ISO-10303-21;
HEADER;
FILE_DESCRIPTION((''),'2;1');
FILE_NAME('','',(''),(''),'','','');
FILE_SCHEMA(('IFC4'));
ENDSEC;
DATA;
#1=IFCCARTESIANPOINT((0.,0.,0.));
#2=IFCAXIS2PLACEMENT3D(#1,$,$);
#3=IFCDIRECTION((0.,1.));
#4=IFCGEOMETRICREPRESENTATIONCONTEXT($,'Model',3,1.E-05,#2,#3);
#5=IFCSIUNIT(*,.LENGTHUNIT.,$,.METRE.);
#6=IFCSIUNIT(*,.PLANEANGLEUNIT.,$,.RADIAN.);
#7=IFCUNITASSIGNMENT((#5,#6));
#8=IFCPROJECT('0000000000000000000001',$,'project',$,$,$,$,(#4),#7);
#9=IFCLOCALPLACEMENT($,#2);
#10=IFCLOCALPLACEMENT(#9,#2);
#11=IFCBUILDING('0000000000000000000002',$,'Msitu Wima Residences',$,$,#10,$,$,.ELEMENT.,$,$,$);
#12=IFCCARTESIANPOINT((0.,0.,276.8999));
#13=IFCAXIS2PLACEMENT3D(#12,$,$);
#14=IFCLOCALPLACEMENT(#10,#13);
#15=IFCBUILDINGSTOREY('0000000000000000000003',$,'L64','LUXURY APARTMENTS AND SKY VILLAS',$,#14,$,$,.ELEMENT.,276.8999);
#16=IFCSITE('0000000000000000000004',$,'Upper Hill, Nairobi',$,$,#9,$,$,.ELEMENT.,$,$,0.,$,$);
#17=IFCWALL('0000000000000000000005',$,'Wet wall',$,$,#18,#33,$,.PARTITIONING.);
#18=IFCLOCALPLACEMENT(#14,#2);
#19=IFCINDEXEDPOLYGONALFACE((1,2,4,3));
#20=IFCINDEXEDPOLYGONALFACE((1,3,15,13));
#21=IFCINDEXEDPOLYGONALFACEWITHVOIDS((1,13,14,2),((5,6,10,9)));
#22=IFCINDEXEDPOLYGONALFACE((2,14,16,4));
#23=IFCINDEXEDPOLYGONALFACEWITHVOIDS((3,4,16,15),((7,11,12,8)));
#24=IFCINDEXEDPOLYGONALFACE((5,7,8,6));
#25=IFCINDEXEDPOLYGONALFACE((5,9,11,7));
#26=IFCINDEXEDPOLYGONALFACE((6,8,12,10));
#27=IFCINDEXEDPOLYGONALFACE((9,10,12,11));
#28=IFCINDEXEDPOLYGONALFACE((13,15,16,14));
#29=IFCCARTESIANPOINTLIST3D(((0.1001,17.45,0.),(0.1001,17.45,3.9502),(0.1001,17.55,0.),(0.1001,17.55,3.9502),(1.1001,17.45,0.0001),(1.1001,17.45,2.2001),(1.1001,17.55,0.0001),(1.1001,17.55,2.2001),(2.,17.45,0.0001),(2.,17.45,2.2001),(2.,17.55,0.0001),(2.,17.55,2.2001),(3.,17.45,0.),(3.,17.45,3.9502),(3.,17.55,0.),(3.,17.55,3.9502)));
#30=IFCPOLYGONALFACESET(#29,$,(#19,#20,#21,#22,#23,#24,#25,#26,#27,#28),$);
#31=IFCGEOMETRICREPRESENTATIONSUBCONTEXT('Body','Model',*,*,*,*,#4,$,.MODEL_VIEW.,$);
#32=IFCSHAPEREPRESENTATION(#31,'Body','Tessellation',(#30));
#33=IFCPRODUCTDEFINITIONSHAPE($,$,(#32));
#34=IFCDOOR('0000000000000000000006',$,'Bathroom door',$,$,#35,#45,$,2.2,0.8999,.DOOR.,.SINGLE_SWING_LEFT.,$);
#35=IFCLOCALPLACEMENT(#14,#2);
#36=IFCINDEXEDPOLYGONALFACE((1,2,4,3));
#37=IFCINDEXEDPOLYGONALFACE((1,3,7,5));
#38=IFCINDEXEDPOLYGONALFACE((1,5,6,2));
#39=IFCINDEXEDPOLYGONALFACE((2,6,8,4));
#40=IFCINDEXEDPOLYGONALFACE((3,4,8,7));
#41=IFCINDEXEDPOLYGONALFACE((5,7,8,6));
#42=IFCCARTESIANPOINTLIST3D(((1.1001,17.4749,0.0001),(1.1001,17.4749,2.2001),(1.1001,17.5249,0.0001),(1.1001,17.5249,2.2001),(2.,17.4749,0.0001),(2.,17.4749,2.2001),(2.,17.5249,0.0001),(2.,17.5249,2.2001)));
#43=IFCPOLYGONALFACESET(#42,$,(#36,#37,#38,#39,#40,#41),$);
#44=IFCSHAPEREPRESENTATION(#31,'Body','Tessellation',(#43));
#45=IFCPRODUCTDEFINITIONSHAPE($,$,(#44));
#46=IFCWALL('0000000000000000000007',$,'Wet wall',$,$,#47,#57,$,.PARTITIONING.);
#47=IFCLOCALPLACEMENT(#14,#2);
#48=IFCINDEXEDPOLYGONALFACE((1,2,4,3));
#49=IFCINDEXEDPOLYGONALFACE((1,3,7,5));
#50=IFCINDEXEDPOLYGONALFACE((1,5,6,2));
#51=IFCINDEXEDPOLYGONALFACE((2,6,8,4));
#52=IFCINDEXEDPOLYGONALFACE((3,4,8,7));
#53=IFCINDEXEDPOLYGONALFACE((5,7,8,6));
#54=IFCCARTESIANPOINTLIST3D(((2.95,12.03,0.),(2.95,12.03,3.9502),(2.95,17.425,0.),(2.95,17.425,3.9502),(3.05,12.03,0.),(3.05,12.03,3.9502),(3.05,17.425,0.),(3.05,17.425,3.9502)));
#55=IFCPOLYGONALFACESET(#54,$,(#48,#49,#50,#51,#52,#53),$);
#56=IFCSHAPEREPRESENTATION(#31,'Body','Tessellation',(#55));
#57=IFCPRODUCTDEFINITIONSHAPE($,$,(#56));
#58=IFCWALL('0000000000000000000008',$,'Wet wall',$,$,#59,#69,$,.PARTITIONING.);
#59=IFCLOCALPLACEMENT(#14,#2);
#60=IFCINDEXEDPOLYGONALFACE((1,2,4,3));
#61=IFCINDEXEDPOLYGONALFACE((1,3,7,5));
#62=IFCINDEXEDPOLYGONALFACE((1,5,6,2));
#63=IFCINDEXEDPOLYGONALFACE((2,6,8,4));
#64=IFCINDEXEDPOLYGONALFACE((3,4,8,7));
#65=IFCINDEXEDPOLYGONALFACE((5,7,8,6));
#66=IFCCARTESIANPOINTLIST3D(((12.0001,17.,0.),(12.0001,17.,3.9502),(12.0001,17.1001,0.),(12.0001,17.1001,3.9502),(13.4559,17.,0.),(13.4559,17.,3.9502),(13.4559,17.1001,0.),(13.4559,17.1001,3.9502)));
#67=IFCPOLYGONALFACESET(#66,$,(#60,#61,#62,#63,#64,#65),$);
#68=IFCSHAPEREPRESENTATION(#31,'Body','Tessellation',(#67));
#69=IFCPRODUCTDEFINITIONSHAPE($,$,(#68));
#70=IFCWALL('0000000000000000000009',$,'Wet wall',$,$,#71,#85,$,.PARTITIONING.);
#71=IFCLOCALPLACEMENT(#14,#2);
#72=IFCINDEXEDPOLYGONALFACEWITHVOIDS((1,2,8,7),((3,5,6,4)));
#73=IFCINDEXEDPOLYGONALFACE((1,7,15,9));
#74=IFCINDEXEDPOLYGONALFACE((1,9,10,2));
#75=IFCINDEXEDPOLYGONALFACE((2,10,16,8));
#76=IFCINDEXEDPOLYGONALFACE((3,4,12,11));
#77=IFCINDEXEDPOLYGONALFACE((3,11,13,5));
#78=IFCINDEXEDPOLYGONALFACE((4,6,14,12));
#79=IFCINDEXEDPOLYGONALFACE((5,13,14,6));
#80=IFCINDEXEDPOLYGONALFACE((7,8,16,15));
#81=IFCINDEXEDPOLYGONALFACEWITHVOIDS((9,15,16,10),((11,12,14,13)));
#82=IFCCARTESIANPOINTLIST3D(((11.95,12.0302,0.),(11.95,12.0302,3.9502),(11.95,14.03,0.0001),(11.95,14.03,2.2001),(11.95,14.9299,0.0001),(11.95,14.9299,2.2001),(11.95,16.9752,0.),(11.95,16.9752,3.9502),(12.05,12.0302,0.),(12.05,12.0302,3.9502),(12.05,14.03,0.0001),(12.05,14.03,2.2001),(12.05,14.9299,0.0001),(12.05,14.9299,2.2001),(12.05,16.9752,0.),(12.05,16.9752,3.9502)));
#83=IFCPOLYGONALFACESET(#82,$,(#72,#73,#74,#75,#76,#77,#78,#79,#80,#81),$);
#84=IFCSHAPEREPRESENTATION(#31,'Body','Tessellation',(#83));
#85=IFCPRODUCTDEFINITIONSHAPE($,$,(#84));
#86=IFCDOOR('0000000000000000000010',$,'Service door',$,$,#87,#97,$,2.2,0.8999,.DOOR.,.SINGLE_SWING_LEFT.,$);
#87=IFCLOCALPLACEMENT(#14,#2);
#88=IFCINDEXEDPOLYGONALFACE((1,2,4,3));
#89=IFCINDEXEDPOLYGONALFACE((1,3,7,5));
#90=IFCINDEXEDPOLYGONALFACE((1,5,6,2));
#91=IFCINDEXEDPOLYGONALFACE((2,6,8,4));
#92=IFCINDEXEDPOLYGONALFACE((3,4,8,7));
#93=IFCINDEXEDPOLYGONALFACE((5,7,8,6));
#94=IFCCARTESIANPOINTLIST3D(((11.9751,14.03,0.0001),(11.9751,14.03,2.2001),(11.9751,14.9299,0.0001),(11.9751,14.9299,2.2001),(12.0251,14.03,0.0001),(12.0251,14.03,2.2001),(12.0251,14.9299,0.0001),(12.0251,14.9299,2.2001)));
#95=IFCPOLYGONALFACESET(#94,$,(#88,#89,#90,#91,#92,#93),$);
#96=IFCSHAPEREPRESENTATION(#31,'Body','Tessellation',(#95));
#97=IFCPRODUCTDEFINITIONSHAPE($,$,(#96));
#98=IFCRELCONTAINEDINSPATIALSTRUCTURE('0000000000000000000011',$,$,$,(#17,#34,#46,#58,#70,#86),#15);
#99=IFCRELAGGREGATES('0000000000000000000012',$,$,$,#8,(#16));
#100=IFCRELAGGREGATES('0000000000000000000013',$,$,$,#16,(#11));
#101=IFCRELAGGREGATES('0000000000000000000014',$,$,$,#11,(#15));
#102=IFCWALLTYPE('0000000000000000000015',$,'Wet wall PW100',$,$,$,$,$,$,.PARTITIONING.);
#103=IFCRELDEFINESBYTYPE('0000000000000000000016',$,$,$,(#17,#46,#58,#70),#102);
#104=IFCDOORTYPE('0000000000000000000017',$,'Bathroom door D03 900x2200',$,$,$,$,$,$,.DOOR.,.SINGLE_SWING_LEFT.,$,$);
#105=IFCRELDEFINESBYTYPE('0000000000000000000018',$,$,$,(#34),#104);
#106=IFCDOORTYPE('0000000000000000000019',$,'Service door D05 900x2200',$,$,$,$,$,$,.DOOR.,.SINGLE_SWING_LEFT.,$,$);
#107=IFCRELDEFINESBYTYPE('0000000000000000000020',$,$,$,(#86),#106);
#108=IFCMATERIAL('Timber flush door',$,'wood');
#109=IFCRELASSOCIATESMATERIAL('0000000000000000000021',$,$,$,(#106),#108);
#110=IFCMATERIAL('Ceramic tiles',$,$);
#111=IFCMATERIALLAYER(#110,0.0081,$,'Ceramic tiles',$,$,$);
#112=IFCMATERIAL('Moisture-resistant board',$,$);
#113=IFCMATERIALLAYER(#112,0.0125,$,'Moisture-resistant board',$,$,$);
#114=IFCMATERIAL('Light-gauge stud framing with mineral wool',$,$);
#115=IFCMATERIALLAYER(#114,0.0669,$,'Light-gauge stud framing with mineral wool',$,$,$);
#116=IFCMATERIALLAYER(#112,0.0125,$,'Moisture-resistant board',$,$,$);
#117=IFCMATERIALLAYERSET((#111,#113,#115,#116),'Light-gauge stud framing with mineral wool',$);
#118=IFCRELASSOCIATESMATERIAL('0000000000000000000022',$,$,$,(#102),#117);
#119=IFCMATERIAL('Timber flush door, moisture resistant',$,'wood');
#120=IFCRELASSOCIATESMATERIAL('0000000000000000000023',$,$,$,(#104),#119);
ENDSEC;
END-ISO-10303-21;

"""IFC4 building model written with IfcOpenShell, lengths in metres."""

from ifc_helpers import new_model, si_unit, direction, frame, frame_2d, origin, place, context, subcontext, project, spatial, rectangle, extrude, material, layer, layer_set, type_object, element, fill, save


model = new_model("IFC4")

# Units and contexts
model_context = context("Model", 3, precision=1e-05, world=origin(), true_north=direction((0.0, 1.0)))
body_context = subcontext(model_context, "Body", "Model", "MODEL_VIEW")
ifc_project = project(units=[si_unit("LENGTHUNIT", "METRE"), si_unit("PLANEANGLEUNIT", "RADIAN")], contexts=[model_context])

# Site, building, storey
site_placement = place(None, origin())
site = spatial("IfcSite", under=ifc_project, at=site_placement, Name="Upper Hill, Nairobi", CompositionType="ELEMENT", RefElevation=0.0)
building_placement = place(site_placement, origin())
building = spatial("IfcBuilding", under=site, at=building_placement, Name="Msitu Wima Residences", CompositionType="ELEMENT")
storey_placement = place(building_placement, frame((0.0, 0.0, 276.8999)))
storey = spatial("IfcBuildingStorey", under=building, at=storey_placement, Name="L64", Description="LUXURY APARTMENTS AND SKY VILLAS", CompositionType="ELEMENT", Elevation=276.8999)

# Shared definitions
ifc_material_1 = material(Name="Timber flush door", Category="wood")

# Shared definitions
door_type_1 = type_object("IfcDoorType", Name="Service door D05 900x2200", OperationType="SINGLE_SWING_LEFT", PredefinedType="DOOR", material=ifc_material_1)

# Wall, opening, door
ifc_material_2 = material(Name="Ceramic tiles")
ifc_layer_1 = layer(ifc_material_2, 0.0081, Name="Ceramic tiles")
ifc_material_3 = material(Name="Moisture-resistant board")
ifc_layer_2 = layer(ifc_material_3, 0.0125, Name="Moisture-resistant board")
ifc_material_4 = material(Name="Light-gauge stud framing with mineral wool")
ifc_layer_3 = layer(ifc_material_4, 0.0669, Name="Light-gauge stud framing with mineral wool")
ifc_layer_4 = layer(ifc_material_3, 0.0125, Name="Moisture-resistant board")
ifc_layer_set_1 = layer_set([ifc_layer_1, ifc_layer_2, ifc_layer_3, ifc_layer_4], Name="Light-gauge stud framing with mineral wool")
wall_type_1 = type_object("IfcWallType", Name="Wet wall PW100", PredefinedType="PARTITIONING", material=ifc_layer_set_1)
wall_1_placement = place(storey_placement, frame((0.1001, 17.5, 0.0), z_axis=(0.0, 0.0, 1.0), x_axis=(1.0, 0.0, 0.0)))
wall_1 = element("IfcWall", 1, at=wall_1_placement, inside=storey, type_object=wall_type_1, Name="Wet wall", PredefinedType="PARTITIONING", context=body_context, shape_type="SweptSolid", body=[
    extrude(rectangle(XDim=2.8999, YDim=0.1001, at=frame_2d((1.45, 0.0))), origin(), (0.0, 0.0, 1.0), 3.9502),
])
opening_1_placement = place(wall_1_placement, frame((1.0, 0.0, 0.0)))
opening_1 = element("IfcOpeningElement", 2, at=opening_1_placement, cuts=wall_1, PredefinedType="OPENING", context=body_context, shape_type="SweptSolid", body=[
    extrude(rectangle(XDim=0.8999, YDim=2.2, at=frame_2d((0.45, 1.1001))), frame((0.0, 0.0601, 0.0), z_axis=(0.0, -1.0, 0.0), x_axis=(1.0, 0.0, 0.0)), (0.0, 0.0, 1.0), 0.1201),
])
ifc_material_5 = material(Name="Timber flush door, moisture resistant", Category="wood")
door_type_2 = type_object("IfcDoorType", Name="Bathroom door D03 900x2200", OperationType="SINGLE_SWING_LEFT", PredefinedType="DOOR", material=ifc_material_5)
door_1_placement = place(opening_1_placement, origin())
door_1 = element("IfcDoor", 3, at=door_1_placement, inside=storey, type_object=door_type_2, Name="Bathroom door", OperationType="SINGLE_SWING_LEFT", OverallHeight=2.2, OverallWidth=0.8999, PredefinedType="DOOR", context=body_context, shape_type="SweptSolid", body=[
    extrude(rectangle(XDim=0.8999, YDim=2.2, at=frame_2d((0.45, 1.1001))), frame((0.0, 0.0249, 0.0), z_axis=(0.0, -1.0, 0.0), x_axis=(1.0, 0.0, 0.0)), (0.0, 0.0, 1.0), 0.05),
])
fill(opening_1, door_1)

# Walls
wall_2_placement = place(storey_placement, frame((3.0, 12.03, 0.0), z_axis=(0.0, 0.0, 1.0), x_axis=(0.0, 1.0, 0.0)))
element("IfcWall", 4, at=wall_2_placement, inside=storey, type_object=wall_type_1, Name="Wet wall", PredefinedType="PARTITIONING", context=body_context, shape_type="SweptSolid", body=[
    extrude(rectangle(XDim=5.395, YDim=0.1001, at=frame_2d((2.6975, 0.0))), origin(), (0.0, 0.0, 1.0), 3.9502),
])
wall_3_placement = place(storey_placement, frame((12.0, 17.05, 0.0), z_axis=(0.0, 0.0, 1.0), x_axis=(1.0, 0.0, 0.0)))
element("IfcWall", 5, at=wall_3_placement, inside=storey, type_object=wall_type_1, Name="Wet wall", PredefinedType="PARTITIONING", context=body_context, shape_type="SweptSolid", body=[
    extrude(rectangle(XDim=1.4558, YDim=0.1001, at=frame_2d((0.728, 0.0))), origin(), (0.0, 0.0, 1.0), 3.9502),
])

# Wall, opening, door
wall_4_placement = place(storey_placement, frame((12.0, 12.03, 0.0), z_axis=(0.0, 0.0, 1.0), x_axis=(0.0, 1.0, 0.0)))
wall_4 = element("IfcWall", 6, at=wall_4_placement, inside=storey, type_object=wall_type_1, Name="Wet wall", PredefinedType="PARTITIONING", context=body_context, shape_type="SweptSolid", body=[
    extrude(rectangle(XDim=4.9451, YDim=0.1001, at=frame_2d((2.4727, 0.0))), origin(), (0.0, 0.0, 1.0), 3.9502),
])
opening_2_placement = place(wall_4_placement, frame((2.0, 0.0, 0.0)))
opening_2 = element("IfcOpeningElement", 7, at=opening_2_placement, cuts=wall_4, PredefinedType="OPENING", context=body_context, shape_type="SweptSolid", body=[
    extrude(rectangle(XDim=0.8999, YDim=2.2, at=frame_2d((0.45, 1.1001))), frame((0.0, 0.0601, 0.0), z_axis=(0.0, -1.0, 0.0), x_axis=(1.0, 0.0, 0.0)), (0.0, 0.0, 1.0), 0.1201),
])
door_2_placement = place(opening_2_placement, origin())
door_2 = element("IfcDoor", 8, at=door_2_placement, inside=storey, type_object=door_type_1, Name="Service door", OperationType="SINGLE_SWING_LEFT", OverallHeight=2.2, OverallWidth=0.8999, PredefinedType="DOOR", context=body_context, shape_type="SweptSolid", body=[
    extrude(rectangle(XDim=0.8999, YDim=2.2, at=frame_2d((0.45, 1.1001))), frame((0.0, 0.0249, 0.0), z_axis=(0.0, -1.0, 0.0), x_axis=(1.0, 0.0, 0.0)), (0.0, 0.0, 1.0), 0.05),
])
fill(opening_2, door_2)

save(model, "model.ifc")
